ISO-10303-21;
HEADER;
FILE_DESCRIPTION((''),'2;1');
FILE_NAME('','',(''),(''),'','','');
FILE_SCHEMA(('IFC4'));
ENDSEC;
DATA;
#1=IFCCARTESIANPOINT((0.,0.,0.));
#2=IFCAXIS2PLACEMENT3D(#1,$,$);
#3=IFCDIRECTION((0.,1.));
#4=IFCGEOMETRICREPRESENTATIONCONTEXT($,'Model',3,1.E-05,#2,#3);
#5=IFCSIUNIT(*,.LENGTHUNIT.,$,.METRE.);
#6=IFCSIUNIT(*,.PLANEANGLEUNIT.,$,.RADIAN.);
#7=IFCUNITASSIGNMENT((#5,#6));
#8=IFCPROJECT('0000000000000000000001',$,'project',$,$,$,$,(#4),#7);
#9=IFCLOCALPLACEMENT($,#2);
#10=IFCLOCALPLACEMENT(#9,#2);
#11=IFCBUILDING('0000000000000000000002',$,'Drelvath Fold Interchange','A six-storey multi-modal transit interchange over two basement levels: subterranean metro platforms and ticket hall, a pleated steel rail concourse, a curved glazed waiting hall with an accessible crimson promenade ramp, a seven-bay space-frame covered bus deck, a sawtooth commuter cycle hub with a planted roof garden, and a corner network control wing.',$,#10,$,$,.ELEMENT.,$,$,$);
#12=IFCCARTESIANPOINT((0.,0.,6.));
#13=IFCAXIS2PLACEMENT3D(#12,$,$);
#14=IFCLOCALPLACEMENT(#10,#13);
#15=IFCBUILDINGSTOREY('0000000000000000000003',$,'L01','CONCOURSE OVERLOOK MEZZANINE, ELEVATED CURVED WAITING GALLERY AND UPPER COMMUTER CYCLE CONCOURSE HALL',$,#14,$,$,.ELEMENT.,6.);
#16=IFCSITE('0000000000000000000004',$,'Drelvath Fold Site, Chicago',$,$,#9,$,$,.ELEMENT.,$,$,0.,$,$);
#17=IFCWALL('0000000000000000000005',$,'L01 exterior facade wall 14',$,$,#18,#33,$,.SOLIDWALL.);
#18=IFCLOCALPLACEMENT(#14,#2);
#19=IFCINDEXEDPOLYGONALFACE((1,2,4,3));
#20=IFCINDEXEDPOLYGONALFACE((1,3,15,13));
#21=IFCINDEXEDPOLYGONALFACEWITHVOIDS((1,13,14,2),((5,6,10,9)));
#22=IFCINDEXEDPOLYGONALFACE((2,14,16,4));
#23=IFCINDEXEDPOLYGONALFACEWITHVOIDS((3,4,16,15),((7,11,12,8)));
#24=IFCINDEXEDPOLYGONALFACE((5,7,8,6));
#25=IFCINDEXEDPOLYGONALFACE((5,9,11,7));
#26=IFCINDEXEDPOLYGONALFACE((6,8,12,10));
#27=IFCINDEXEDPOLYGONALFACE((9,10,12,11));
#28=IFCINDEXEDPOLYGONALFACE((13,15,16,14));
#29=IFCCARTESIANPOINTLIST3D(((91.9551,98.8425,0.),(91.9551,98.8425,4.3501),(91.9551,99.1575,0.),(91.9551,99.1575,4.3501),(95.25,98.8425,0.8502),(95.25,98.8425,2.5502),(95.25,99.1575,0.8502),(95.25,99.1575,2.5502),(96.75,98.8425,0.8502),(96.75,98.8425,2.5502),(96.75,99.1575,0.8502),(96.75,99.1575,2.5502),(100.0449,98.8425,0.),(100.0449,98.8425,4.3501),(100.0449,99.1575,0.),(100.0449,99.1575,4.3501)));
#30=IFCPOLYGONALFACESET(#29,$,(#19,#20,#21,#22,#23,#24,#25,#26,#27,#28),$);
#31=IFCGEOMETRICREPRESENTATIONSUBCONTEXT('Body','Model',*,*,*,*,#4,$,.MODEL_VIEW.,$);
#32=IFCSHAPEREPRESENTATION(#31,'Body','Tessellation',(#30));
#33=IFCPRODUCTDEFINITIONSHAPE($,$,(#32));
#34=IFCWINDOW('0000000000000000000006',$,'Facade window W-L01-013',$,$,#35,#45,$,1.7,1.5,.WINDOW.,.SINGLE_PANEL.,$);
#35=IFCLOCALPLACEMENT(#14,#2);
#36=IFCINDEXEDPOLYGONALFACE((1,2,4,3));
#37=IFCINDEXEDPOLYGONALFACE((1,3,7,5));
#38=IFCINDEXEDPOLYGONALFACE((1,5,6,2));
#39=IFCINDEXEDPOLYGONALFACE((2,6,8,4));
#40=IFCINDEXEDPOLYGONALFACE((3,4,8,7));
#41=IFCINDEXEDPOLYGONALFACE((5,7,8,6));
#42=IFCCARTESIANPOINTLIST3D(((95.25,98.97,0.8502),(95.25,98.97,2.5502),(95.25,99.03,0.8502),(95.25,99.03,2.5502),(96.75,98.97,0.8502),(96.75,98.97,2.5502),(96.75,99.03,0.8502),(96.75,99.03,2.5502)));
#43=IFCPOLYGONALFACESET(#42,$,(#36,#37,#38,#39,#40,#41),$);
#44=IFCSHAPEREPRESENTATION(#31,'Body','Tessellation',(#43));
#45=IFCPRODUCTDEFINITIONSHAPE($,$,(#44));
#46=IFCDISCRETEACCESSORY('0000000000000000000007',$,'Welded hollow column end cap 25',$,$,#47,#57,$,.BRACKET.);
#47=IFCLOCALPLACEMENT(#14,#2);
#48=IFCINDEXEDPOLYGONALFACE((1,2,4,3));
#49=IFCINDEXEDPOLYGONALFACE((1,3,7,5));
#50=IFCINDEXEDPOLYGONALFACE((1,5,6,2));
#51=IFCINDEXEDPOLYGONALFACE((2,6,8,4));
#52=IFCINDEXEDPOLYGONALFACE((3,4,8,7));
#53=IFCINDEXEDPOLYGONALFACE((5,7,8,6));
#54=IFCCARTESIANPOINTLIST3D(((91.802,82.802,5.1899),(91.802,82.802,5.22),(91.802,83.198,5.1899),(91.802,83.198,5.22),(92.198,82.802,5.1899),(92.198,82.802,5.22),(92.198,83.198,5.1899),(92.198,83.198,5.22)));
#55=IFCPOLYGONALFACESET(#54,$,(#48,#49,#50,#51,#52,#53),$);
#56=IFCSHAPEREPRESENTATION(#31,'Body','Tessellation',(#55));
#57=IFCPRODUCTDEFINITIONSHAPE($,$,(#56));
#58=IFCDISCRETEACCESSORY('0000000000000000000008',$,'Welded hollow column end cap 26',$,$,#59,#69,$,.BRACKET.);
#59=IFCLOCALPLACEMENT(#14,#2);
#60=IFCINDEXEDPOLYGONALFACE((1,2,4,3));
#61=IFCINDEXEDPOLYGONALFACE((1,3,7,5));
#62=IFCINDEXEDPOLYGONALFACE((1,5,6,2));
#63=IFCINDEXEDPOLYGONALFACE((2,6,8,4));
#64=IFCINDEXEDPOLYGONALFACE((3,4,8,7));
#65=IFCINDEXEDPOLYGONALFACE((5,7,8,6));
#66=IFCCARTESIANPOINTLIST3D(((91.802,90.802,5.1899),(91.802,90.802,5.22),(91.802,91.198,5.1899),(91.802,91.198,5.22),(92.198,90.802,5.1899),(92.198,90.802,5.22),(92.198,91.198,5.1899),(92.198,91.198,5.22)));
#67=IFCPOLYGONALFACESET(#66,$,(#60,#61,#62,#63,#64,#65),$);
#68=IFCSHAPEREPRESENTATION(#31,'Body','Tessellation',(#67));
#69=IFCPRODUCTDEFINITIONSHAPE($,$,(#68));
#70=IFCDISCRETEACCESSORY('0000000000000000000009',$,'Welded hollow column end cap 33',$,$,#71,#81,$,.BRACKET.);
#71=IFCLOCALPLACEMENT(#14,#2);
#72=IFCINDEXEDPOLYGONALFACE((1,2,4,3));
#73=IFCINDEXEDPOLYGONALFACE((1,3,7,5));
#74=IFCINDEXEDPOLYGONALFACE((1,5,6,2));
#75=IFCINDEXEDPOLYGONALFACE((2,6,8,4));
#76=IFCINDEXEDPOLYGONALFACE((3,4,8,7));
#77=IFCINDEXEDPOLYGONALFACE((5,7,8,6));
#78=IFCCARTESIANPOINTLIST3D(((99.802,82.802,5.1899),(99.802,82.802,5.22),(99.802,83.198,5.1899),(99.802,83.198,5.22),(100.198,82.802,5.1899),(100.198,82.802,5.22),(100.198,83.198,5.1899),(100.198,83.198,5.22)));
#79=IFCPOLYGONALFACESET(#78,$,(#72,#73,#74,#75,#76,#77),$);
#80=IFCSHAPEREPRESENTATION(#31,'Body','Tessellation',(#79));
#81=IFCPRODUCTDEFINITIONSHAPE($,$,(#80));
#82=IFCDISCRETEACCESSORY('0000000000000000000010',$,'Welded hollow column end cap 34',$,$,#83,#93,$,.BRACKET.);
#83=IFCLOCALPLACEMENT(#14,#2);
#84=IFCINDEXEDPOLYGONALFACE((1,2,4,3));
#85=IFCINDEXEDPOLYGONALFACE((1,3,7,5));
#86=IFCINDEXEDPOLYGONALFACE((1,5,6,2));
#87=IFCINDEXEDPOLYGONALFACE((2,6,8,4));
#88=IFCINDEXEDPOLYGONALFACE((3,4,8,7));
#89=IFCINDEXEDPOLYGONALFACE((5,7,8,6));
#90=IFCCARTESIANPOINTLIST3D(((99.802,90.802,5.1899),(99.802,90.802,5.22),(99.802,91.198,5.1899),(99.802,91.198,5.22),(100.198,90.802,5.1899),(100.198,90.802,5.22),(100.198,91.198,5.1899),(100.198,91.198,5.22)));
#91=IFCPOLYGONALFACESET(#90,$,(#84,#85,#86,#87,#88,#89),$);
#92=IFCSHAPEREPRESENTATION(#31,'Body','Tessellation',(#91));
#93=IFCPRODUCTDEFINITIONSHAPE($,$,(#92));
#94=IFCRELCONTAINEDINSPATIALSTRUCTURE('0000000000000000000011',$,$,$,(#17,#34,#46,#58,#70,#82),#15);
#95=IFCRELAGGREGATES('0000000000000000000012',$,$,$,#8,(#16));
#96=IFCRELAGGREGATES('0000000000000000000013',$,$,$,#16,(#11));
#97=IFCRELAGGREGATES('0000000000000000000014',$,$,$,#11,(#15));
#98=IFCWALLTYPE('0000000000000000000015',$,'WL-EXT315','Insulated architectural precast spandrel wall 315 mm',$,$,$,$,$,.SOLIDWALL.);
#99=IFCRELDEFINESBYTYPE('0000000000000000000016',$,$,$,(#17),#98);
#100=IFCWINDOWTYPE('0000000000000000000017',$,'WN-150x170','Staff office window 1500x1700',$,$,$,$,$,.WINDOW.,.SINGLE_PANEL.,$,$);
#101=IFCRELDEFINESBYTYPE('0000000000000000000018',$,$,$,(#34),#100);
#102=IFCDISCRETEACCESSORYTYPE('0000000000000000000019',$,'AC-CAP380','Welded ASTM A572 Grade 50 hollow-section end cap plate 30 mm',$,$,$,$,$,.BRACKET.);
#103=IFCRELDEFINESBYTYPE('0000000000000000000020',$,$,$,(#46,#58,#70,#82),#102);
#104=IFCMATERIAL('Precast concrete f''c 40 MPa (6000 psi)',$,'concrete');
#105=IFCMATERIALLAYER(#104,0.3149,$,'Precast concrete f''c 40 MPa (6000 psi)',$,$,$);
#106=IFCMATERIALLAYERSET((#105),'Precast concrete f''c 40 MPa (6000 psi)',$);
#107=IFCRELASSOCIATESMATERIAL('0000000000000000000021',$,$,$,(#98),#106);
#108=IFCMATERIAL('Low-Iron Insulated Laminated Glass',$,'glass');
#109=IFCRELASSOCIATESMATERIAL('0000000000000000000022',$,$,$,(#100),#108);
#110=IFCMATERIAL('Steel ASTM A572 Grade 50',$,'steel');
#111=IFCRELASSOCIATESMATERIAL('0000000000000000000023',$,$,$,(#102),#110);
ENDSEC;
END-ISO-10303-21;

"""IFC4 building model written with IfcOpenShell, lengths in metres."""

from ifc_helpers import new_model, si_unit, direction, frame, frame_2d, origin, origin_2d, place, context, subcontext, project, spatial, rectangle, extrude, material, layer, layer_set, type_object, element, fill, save


model = new_model("IFC4")

# Units and contexts
model_context = context("Model", 3, precision=1e-05, world=origin(), true_north=direction((0.0, 1.0)))
body_context = subcontext(model_context, "Body", "Model", "MODEL_VIEW")
ifc_project = project(units=[si_unit("LENGTHUNIT", "METRE"), si_unit("PLANEANGLEUNIT", "RADIAN")], contexts=[model_context])

# Site, building, storey
site_placement = place(None, origin())
site = spatial("IfcSite", under=ifc_project, at=site_placement, Name="Drelvath Fold Site, Chicago", CompositionType="ELEMENT", RefElevation=0.0)
building_placement = place(site_placement, origin())
building = spatial("IfcBuilding", under=site, at=building_placement, Name="Drelvath Fold Interchange", Description="A six-storey multi-modal transit interchange over two basement levels: subterranean metro platforms and ticket hall, a pleated steel rail concourse, a curved glazed waiting hall with an accessible crimson promenade ramp, a seven-bay space-frame covered bus deck, a sawtooth commuter cycle hub with a planted roof garden, and a corner network control wing.", CompositionType="ELEMENT")
storey_placement = place(building_placement, frame((0.0, 0.0, 6.0)))
storey = spatial("IfcBuildingStorey", under=building, at=storey_placement, Name="L01", Description="CONCOURSE OVERLOOK MEZZANINE, ELEVATED CURVED WAITING GALLERY AND UPPER COMMUTER CYCLE CONCOURSE HALL", CompositionType="ELEMENT", Elevation=6.0)

# Shared definitions
ifc_material_1 = material(Name="Low-Iron Insulated Laminated Glass", Category="glass")

# Shared definitions
ifc_material_2 = material(Name="Precast concrete f'c 40 MPa (6000 psi)", Category="concrete")
ifc_layer_1 = layer(ifc_material_2, 0.3149, Name="Precast concrete f'c 40 MPa (6000 psi)")
ifc_layer_set_1 = layer_set([ifc_layer_1], Name="Precast concrete f'c 40 MPa (6000 psi)")
wall_type = type_object("IfcWallType", Name="WL-EXT315", Description="Insulated architectural precast spandrel wall 315 mm", PredefinedType="SOLIDWALL", material=ifc_layer_set_1)

# Wall, opening, window
wall_1_placement = place(storey_placement, frame((91.9551, 99.0, 0.0), z_axis=(0.0, 0.0, 1.0), x_axis=(1.0, 0.0, 0.0)))
wall_1 = element("IfcWall", 1, at=wall_1_placement, inside=storey, type_object=wall_type, Name="L01 exterior facade wall 14", PredefinedType="SOLIDWALL", context=body_context, shape_type="SweptSolid", body=[
    extrude(rectangle(XDim=8.0898, YDim=0.3149, at=frame_2d((4.0449, 0.0))), origin(), (0.0, 0.0, 1.0), 4.3501),
])
opening_1_placement = place(wall_1_placement, frame((3.2949, 0.0, 0.8501)))
opening_1 = element("IfcOpeningElement", 2, at=opening_1_placement, cuts=wall_1, PredefinedType="OPENING", context=body_context, shape_type="SweptSolid", body=[
    extrude(rectangle(XDim=1.5, YDim=1.7, at=frame_2d((0.75, 0.8501))), frame((0.0, 0.1675, 0.0), z_axis=(0.0, -1.0, 0.0), x_axis=(1.0, 0.0, 0.0)), (0.0, 0.0, 1.0), 0.335),
])
window_type = type_object("IfcWindowType", Name="WN-150x170", Description="Staff office window 1500x1700", PartitioningType="SINGLE_PANEL", PredefinedType="WINDOW", material=ifc_material_1)
window_placement = place(opening_1_placement, origin())
window = element("IfcWindow", 3, at=window_placement, inside=storey, type_object=window_type, Name="Facade window W-L01-013", OverallHeight=1.7, OverallWidth=1.5, PartitioningType="SINGLE_PANEL", PredefinedType="WINDOW", context=body_context, shape_type="SweptSolid", body=[
    extrude(rectangle(XDim=1.5, YDim=1.7, at=frame_2d((0.75, 0.8501))), frame((0.0, 0.03, 0.0), z_axis=(0.0, -1.0, 0.0), x_axis=(1.0, 0.0, 0.0)), (0.0, 0.0, 1.0), 0.0601),
])
fill(opening_1, window)

# Discrete accessories
ifc_material_3 = material(Name="Steel ASTM A572 Grade 50", Category="steel")
discrete_accessory_type = type_object("IfcDiscreteAccessoryType", Name="AC-CAP380", Description="Welded ASTM A572 Grade 50 hollow-section end cap plate 30 mm", PredefinedType="BRACKET", material=ifc_material_3)
for number, where, z_axis, x_axis, name in (
    (4, (92.0, 83.0, 5.1899), (0.0, 0.0, 1.0), (1.0, 0.0, 0.0), "Welded hollow column end cap 25"),
    (5, (92.0, 91.0, 5.1899), (0.0, 0.0, 1.0), (1.0, 0.0, 0.0), "Welded hollow column end cap 26"),
    (6, (100.0, 83.0, 5.1899), (0.0, 0.0, 1.0), (1.0, 0.0, 0.0), "Welded hollow column end cap 33"),
    (7, (100.0, 91.0, 5.1899), (0.0, 0.0, 1.0), (1.0, 0.0, 0.0), "Welded hollow column end cap 34"),
):
    element("IfcDiscreteAccessory", number, at=place(storey_placement, frame(where, z_axis=z_axis, x_axis=x_axis)), inside=storey, type_object=discrete_accessory_type, Name=name, PredefinedType="BRACKET", context=body_context, shape_type="SweptSolid", body=[
        extrude(rectangle(XDim=0.396, YDim=0.396, at=origin_2d()), origin(), (0.0, 0.0, 1.0), 0.03),
    ])

save(model, "model.ifc")
